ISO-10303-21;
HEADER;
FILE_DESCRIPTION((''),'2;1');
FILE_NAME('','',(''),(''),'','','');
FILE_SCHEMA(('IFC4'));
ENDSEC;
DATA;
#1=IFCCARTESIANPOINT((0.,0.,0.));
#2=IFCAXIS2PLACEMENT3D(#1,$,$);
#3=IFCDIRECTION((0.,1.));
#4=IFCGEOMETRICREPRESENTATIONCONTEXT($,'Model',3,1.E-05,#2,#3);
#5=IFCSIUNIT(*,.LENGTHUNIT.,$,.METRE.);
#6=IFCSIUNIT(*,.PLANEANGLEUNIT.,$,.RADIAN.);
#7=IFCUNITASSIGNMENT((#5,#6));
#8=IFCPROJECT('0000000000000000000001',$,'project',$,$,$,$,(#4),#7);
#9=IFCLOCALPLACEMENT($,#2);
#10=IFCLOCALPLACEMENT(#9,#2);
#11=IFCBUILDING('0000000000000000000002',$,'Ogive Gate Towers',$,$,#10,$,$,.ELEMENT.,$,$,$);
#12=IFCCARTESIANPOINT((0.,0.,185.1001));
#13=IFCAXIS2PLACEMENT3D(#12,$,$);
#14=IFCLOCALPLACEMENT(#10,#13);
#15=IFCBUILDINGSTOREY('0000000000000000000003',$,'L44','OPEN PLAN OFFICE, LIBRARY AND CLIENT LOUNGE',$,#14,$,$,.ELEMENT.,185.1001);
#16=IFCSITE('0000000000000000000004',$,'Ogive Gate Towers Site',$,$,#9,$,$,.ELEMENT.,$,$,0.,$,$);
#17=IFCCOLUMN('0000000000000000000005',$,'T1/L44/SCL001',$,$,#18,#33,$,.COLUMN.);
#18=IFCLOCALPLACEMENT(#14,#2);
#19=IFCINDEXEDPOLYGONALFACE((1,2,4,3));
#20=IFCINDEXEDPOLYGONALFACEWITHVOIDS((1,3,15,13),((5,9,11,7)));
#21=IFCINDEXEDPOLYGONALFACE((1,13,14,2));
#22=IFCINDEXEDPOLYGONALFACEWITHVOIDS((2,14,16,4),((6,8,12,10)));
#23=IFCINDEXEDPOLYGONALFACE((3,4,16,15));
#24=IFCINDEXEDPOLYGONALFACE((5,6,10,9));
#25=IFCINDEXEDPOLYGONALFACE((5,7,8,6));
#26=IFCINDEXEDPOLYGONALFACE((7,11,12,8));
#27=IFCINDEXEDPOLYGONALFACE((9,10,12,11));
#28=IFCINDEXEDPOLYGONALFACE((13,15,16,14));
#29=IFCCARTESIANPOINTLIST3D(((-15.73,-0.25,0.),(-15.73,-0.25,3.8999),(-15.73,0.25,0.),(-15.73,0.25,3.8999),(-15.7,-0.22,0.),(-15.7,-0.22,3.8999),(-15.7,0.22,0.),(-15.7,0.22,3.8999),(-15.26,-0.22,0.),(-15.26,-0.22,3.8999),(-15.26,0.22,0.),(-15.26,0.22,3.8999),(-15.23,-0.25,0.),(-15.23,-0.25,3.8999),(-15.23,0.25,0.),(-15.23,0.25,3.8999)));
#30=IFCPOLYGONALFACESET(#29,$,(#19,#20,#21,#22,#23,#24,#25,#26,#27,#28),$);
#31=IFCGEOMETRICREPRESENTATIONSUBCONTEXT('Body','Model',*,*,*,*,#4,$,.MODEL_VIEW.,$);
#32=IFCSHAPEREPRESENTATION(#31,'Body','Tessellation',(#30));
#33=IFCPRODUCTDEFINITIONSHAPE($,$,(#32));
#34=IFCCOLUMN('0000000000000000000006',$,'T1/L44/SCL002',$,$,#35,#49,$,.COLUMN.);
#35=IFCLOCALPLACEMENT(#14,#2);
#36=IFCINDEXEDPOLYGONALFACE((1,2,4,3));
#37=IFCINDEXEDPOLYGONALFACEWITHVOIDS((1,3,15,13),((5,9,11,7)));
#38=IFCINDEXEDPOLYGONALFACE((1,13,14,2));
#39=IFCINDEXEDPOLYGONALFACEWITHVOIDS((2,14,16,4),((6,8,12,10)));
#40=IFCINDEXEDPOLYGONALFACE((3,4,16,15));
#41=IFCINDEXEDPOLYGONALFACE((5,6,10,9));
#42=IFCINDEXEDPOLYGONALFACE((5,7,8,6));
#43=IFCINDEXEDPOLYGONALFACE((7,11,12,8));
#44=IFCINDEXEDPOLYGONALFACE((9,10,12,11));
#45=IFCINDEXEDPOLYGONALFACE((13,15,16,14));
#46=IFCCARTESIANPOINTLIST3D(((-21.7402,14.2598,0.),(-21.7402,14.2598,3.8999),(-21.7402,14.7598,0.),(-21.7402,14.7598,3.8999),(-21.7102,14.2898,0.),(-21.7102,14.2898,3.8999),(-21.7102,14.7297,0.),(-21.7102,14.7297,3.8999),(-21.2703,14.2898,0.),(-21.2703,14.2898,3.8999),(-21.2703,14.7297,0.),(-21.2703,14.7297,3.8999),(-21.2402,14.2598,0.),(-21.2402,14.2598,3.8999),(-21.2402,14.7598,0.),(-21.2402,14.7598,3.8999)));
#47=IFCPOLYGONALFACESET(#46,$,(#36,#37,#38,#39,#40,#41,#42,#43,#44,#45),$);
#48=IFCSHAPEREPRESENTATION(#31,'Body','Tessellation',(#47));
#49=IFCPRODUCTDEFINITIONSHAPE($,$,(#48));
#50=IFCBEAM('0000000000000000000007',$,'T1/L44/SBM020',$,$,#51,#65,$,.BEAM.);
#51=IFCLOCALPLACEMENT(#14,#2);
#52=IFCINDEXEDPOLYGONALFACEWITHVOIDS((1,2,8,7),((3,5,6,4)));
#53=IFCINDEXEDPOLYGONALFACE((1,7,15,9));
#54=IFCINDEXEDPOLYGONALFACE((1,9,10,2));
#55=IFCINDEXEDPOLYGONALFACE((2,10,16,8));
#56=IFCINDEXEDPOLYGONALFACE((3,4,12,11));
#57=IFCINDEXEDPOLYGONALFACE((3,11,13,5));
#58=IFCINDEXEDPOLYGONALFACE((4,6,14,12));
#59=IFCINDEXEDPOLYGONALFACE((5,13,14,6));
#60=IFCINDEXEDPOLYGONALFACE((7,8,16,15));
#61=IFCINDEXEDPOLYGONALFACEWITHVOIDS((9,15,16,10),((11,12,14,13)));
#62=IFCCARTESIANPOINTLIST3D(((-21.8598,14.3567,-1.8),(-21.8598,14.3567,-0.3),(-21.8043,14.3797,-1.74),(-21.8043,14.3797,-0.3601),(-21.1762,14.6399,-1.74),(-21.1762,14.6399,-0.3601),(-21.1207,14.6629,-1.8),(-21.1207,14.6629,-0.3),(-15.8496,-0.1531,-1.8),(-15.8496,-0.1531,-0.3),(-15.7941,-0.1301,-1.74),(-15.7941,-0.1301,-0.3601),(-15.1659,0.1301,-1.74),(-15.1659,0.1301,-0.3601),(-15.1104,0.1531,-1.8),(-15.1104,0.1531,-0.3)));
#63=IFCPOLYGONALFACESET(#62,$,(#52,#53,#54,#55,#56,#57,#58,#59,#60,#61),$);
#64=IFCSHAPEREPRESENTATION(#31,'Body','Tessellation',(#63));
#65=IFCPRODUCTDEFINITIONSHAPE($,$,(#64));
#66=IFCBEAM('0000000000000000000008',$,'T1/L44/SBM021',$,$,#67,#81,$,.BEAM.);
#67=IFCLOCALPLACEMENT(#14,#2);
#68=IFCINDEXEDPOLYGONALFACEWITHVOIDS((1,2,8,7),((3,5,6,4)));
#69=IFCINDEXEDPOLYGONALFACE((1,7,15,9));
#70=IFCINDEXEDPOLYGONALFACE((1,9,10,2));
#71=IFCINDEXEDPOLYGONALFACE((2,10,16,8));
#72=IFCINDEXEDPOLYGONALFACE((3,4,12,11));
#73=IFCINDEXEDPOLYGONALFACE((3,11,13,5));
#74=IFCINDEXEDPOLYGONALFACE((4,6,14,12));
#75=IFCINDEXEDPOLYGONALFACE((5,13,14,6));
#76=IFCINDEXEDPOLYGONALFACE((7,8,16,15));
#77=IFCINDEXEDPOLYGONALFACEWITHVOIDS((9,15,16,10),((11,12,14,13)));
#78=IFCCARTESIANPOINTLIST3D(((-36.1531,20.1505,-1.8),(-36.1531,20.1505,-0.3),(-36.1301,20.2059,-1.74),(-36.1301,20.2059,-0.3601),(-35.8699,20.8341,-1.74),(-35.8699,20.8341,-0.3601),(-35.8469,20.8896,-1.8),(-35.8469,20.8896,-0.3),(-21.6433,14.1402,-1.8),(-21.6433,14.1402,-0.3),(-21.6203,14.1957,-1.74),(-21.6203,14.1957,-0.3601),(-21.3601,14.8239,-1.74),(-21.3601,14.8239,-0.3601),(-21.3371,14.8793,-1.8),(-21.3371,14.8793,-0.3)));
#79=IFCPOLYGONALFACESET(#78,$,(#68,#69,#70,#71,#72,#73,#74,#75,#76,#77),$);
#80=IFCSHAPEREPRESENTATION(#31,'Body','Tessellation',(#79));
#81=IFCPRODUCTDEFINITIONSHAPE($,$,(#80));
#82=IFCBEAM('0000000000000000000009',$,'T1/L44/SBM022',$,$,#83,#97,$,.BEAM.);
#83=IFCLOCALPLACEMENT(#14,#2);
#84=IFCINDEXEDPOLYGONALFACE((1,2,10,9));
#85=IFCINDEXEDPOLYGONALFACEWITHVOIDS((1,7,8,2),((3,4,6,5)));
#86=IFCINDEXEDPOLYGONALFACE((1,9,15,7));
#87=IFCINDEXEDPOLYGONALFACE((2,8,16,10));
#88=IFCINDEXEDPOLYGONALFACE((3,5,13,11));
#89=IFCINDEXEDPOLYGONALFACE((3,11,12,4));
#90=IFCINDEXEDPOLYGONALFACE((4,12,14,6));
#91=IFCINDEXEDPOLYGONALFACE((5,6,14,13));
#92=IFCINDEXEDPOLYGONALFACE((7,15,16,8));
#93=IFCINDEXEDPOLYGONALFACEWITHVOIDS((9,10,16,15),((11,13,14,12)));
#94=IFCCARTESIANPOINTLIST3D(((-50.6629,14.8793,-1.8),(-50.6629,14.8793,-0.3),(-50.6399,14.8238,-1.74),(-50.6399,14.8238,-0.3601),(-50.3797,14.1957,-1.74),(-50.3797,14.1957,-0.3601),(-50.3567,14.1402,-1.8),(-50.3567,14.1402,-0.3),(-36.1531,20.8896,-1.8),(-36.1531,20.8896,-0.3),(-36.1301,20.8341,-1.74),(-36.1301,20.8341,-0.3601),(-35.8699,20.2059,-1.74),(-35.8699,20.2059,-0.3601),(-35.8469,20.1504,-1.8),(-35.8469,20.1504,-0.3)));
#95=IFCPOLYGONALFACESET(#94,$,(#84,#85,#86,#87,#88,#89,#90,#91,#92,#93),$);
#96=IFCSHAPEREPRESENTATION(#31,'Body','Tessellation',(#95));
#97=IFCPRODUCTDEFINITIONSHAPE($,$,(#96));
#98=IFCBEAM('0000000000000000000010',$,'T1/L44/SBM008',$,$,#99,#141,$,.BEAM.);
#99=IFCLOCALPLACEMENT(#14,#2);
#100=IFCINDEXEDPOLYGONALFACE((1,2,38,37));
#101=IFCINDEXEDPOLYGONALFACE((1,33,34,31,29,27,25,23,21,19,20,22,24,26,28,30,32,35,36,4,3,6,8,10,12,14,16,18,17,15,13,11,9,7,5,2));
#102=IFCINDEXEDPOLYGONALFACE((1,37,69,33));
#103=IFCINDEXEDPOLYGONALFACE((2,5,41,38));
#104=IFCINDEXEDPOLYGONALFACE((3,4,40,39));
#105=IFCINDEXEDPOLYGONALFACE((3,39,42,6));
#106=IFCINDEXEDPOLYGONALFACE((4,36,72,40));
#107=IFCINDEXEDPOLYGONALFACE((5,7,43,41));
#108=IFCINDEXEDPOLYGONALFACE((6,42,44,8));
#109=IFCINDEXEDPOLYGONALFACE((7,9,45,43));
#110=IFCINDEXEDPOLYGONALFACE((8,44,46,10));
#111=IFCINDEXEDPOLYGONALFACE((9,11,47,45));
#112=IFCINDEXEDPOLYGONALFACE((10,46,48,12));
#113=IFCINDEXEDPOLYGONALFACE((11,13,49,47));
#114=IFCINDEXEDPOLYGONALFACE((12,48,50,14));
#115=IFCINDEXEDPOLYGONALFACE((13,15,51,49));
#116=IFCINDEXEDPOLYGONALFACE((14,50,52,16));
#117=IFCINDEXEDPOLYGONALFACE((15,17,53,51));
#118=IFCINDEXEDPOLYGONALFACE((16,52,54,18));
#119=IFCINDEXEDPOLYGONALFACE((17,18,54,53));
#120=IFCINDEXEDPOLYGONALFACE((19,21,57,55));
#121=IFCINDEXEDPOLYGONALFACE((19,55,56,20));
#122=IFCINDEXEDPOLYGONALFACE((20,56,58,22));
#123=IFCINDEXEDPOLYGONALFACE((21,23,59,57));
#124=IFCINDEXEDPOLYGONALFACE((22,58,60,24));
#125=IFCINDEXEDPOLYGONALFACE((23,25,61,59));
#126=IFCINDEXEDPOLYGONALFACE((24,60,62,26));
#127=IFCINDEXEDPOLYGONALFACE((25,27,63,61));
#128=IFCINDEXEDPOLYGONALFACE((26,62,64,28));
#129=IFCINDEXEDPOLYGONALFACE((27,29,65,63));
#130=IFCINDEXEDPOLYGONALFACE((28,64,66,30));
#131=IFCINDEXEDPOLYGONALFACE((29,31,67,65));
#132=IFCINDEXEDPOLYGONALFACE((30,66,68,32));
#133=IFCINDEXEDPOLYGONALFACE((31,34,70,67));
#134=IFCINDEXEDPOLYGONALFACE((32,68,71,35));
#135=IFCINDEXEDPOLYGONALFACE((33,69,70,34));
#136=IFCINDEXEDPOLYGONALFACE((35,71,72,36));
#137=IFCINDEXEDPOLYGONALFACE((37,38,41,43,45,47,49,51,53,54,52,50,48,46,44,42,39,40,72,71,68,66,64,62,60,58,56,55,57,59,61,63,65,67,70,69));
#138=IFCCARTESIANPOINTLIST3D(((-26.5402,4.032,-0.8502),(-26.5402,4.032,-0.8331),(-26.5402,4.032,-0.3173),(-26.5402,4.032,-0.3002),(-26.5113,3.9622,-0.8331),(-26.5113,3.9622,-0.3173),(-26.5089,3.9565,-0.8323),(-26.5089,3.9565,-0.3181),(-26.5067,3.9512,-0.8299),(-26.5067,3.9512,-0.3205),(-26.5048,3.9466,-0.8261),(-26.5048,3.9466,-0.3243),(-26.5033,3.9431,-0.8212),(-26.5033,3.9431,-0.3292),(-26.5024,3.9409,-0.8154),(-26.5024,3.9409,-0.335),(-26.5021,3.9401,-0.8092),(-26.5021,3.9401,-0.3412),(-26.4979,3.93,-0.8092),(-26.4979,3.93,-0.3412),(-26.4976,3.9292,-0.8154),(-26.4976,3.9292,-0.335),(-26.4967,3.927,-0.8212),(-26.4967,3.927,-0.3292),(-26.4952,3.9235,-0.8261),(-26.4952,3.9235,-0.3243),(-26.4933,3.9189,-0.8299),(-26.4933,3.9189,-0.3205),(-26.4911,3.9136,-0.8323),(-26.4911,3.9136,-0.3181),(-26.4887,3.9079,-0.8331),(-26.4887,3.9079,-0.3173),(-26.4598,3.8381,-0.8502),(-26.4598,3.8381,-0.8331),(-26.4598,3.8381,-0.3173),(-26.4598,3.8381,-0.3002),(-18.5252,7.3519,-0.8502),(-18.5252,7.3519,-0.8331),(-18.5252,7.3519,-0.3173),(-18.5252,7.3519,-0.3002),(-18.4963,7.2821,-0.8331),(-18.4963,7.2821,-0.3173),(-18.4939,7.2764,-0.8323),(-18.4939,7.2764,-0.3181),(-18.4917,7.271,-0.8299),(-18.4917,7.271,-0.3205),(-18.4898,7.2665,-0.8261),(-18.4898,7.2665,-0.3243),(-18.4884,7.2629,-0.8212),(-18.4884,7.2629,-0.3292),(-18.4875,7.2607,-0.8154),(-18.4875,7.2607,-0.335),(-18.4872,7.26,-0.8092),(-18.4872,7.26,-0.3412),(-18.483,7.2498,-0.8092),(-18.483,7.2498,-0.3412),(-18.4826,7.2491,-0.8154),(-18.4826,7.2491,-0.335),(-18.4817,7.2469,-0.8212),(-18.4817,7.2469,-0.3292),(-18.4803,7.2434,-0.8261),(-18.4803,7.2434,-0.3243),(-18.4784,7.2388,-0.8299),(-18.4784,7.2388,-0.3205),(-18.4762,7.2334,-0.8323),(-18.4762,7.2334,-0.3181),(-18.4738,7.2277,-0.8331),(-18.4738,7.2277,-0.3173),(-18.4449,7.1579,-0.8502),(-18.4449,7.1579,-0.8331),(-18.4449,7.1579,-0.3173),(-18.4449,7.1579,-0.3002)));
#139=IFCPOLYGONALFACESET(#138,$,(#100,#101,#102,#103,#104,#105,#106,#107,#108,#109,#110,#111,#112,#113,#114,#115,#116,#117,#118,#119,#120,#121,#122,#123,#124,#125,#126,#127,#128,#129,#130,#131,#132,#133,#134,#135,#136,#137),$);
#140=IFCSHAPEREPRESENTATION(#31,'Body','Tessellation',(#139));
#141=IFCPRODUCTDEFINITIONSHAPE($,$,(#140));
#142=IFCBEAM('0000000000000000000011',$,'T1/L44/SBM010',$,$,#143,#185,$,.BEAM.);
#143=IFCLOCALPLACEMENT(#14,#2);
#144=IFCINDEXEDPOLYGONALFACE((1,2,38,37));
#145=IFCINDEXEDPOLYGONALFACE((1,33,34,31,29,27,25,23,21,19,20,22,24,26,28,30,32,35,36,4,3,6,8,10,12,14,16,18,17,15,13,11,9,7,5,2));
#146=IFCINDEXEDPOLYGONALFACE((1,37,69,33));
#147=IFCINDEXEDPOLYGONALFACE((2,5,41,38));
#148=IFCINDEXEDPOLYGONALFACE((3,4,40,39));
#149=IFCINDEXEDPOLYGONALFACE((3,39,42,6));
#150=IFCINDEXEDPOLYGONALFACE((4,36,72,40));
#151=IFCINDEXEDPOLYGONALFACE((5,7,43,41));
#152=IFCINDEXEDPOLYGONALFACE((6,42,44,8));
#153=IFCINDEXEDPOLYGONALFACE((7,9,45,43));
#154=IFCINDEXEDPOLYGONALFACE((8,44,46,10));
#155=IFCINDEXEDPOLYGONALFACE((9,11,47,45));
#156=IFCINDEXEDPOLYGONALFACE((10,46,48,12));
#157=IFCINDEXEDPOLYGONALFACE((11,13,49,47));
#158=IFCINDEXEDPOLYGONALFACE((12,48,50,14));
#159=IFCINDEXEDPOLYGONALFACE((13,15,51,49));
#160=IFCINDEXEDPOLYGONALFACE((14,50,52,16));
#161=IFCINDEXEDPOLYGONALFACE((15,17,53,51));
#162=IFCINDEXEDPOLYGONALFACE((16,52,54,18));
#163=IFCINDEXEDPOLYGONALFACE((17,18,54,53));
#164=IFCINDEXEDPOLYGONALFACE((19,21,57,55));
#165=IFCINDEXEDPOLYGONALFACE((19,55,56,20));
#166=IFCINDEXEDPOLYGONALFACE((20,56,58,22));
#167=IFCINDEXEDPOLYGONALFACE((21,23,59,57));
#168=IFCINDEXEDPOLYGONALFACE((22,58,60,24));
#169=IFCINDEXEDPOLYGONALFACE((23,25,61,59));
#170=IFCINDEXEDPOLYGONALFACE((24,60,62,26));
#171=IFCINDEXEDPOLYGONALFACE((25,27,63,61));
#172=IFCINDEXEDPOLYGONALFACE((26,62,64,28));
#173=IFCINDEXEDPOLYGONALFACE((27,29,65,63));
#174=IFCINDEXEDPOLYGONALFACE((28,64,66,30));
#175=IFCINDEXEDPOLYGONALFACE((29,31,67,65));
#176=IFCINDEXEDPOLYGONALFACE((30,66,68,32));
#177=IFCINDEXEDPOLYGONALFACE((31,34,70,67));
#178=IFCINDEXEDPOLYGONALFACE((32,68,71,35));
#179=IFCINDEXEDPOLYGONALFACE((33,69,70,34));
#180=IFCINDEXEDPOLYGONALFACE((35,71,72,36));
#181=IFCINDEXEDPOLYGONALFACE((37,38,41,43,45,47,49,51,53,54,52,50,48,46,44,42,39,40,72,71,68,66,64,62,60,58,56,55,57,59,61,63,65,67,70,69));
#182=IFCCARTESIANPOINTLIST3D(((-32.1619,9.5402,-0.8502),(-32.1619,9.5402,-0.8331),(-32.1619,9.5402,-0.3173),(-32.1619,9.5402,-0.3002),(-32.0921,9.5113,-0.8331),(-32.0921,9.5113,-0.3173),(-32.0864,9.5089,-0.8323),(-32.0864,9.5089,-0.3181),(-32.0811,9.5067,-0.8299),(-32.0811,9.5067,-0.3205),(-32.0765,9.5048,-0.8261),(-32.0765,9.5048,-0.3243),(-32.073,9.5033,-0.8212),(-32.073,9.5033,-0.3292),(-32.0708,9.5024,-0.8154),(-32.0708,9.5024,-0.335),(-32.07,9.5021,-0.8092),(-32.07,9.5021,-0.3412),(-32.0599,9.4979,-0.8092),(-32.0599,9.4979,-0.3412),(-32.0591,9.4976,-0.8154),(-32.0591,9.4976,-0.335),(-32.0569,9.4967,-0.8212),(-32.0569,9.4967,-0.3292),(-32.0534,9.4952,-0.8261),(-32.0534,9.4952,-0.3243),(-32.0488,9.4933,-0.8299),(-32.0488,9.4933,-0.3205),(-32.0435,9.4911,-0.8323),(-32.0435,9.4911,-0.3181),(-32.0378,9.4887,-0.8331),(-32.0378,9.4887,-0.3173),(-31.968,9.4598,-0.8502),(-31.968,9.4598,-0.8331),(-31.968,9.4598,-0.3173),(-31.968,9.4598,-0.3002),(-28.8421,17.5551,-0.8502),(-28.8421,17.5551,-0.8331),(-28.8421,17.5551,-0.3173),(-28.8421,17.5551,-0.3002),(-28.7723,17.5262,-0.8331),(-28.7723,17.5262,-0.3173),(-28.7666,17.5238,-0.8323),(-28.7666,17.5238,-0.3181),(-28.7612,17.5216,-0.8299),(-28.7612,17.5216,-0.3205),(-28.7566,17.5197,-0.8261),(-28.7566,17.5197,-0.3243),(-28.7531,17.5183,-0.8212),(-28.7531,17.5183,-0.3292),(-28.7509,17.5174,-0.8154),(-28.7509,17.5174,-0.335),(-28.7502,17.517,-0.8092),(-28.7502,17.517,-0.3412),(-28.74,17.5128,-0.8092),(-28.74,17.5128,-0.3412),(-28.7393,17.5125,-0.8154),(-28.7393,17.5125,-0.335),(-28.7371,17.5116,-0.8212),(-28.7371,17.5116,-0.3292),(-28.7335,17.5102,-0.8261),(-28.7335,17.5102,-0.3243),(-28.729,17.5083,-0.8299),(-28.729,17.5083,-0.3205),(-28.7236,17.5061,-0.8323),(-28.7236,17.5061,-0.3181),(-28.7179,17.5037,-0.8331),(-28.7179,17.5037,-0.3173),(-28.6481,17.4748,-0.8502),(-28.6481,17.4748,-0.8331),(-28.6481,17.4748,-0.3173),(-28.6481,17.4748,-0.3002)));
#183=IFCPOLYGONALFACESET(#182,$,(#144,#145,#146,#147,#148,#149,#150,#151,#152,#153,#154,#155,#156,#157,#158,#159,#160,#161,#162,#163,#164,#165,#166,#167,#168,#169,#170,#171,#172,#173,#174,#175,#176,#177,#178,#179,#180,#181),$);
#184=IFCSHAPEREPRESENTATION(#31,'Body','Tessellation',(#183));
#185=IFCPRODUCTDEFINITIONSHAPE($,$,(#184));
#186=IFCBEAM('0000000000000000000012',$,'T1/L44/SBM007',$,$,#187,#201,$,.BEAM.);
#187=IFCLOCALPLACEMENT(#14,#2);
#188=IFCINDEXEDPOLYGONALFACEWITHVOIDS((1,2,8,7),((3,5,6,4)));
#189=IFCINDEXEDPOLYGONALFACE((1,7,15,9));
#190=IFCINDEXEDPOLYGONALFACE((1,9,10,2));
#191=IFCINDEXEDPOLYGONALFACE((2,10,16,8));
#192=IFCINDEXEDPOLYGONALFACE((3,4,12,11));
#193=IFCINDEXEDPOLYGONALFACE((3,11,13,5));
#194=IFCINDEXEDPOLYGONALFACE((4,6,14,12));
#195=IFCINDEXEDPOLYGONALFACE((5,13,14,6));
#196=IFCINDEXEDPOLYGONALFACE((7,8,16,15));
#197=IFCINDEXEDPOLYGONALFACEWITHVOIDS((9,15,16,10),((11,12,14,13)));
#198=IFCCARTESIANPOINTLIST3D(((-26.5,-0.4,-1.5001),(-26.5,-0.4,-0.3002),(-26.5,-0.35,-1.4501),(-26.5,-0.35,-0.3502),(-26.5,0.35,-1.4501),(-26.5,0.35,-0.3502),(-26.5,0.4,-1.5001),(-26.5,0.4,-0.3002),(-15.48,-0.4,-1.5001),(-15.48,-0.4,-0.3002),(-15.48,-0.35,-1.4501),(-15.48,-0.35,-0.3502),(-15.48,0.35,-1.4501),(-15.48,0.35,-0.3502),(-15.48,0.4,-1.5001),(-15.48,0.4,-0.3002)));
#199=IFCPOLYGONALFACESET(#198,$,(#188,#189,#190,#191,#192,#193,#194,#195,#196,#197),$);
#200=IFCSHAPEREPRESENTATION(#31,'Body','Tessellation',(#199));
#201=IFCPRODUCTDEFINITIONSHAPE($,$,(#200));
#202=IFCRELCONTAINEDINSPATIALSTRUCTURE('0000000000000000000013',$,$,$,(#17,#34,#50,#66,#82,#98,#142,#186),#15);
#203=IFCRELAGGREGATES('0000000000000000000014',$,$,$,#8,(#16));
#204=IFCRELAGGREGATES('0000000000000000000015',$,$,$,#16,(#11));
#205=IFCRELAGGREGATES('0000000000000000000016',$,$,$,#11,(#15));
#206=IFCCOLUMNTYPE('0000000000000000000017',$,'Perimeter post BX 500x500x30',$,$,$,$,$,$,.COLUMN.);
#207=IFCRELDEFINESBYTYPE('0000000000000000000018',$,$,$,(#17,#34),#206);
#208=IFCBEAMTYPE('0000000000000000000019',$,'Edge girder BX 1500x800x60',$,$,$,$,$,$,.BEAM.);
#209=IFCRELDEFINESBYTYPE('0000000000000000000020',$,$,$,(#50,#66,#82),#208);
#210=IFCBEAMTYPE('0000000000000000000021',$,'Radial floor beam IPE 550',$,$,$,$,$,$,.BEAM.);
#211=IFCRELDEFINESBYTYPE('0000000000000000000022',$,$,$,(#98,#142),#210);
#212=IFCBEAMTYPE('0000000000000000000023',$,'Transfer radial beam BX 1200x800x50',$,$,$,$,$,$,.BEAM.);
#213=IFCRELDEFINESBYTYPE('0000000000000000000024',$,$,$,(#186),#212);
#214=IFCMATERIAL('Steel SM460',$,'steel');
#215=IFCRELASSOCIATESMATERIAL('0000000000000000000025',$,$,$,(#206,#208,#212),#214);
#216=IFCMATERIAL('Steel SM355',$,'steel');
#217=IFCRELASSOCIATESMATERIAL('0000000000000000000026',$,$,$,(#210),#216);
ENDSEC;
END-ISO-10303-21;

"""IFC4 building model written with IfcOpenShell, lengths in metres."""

from ifc_helpers import new_model, si_unit, direction, frame, origin, origin_2d, place, context, subcontext, project, spatial, hollow_rectangle, i_section, extrude, material, material_profile, profile_set, type_object, element, save


model = new_model("IFC4")

# Units and contexts
model_context = context("Model", 3, precision=1e-05, world=origin(), true_north=direction((0.0, 1.0)))
body_context = subcontext(model_context, "Body", "Model", "MODEL_VIEW")
ifc_project = project(units=[si_unit("LENGTHUNIT", "METRE"), si_unit("PLANEANGLEUNIT", "RADIAN")], contexts=[model_context])

# Site, building, storey
site_placement = place(None, origin())
site = spatial("IfcSite", under=ifc_project, at=site_placement, Name="Ogive Gate Towers Site", CompositionType="ELEMENT", RefElevation=0.0)
building_placement = place(site_placement, origin())
building = spatial("IfcBuilding", under=site, at=building_placement, Name="Ogive Gate Towers", CompositionType="ELEMENT")
storey_placement = place(building_placement, frame((0.0, 0.0, 185.1001)))
storey = spatial("IfcBuildingStorey", under=building, at=storey_placement, Name="L44", Description="OPEN PLAN OFFICE, LIBRARY AND CLIENT LOUNGE", CompositionType="ELEMENT", Elevation=185.1001)

# Columns
ifc_material_1 = material(Name="Steel SM460", Category="steel")
ifc_material_profile_1 = material_profile(ifc_material_1, hollow_rectangle(XDim=0.5, YDim=0.5, WallThickness=0.03, at=origin_2d()), Name="BX 500x500x30")
ifc_profile_set_1 = profile_set([ifc_material_profile_1], Name="Steel SM460")
column_type = type_object("IfcColumnType", Name="Perimeter post BX 500x500x30", PredefinedType="COLUMN", material=ifc_profile_set_1)
for number, where, z_axis, x_axis, name in (
    (1, (-15.48, 0.0, 0.0), (0.0, 0.0, 1.0), (1.0, 0.0, 0.0), "T1/L44/SCL001"),
    (2, (-21.4902, 14.5098, 0.0), (0.0, 0.0, 1.0), (1.0, 0.0, 0.0), "T1/L44/SCL002"),
):
    element("IfcColumn", number, at=place(storey_placement, frame(where, z_axis=z_axis, x_axis=x_axis)), inside=storey, type_object=column_type, Name=name, PredefinedType="COLUMN", context=body_context, shape_type="SweptSolid", body=[
        extrude(hollow_rectangle(XDim=0.5, YDim=0.5, WallThickness=0.03, at=origin_2d()), origin(), (0.0, 0.0, 1.0), 3.8999),
    ])

# Beams
ifc_material_profile_2 = material_profile(ifc_material_1, hollow_rectangle(XDim=0.8, YDim=1.5, WallThickness=0.0601, at=origin_2d()), Name="BX 1500x800x60")
ifc_profile_set_2 = profile_set([ifc_material_profile_2], Name="Steel SM460")
beam_type_1 = type_object("IfcBeamType", Name="Edge girder BX 1500x800x60", PredefinedType="BEAM", material=ifc_profile_set_2)
for number, where, z_axis, x_axis, name in (
    (3, (-15.48, 0.0, -1.05), (-0.38269, 0.923877, 0.0), (-0.923877, -0.38269, 0.0), "T1/L44/SBM020"),
    (4, (-21.4902, 14.5098, -1.05), (-0.923877, 0.38269, 0.0), (-0.38269, -0.923877, 0.0), "T1/L44/SBM021"),
    (5, (-36.0, 20.52, -1.05), (-0.923877, -0.38269, 0.0), (0.38269, -0.923877, 0.0), "T1/L44/SBM022"),
):
    element("IfcBeam", number, at=place(storey_placement, frame(where, z_axis=z_axis, x_axis=x_axis)), inside=storey, type_object=beam_type_1, Name=name, PredefinedType="BEAM", context=body_context, shape_type="SweptSolid", body=[
        extrude(hollow_rectangle(XDim=0.8, YDim=1.5, WallThickness=0.0601, at=origin_2d()), origin(), (0.0, 0.0, 1.0), 15.7053),
    ])
ifc_material_2 = material(Name="Steel SM355", Category="steel")
ifc_material_profile_3 = material_profile(ifc_material_2, i_section(OverallWidth=0.21, OverallDepth=0.55, WebThickness=0.011, FlangeThickness=0.0171, FilletRadius=0.0239, at=origin_2d()), Name="IPE 550")
ifc_profile_set_3 = profile_set([ifc_material_profile_3], Name="Steel SM355")
beam_type_2 = type_object("IfcBeamType", Name="Radial floor beam IPE 550", PredefinedType="BEAM", material=ifc_profile_set_3)
for number, where, z_axis, x_axis, name in (
    (6, (-26.5, 3.9351, -0.5752), (0.923882, 0.382678, 0.0), (-0.382678, 0.923882, 0.0), "T1/L44/SBM008"),
    (7, (-32.0649, 9.5, -0.5752), (0.382678, 0.923882, 0.0), (-0.923882, 0.382678, 0.0), "T1/L44/SBM010"),
):
    element("IfcBeam", number, at=place(storey_placement, frame(where, z_axis=z_axis, x_axis=x_axis)), inside=storey, type_object=beam_type_2, Name=name, PredefinedType="BEAM", context=body_context, shape_type="SweptSolid", body=[
        extrude(i_section(OverallWidth=0.21, OverallDepth=0.55, WebThickness=0.011, FlangeThickness=0.0171, FilletRadius=0.0239, at=origin_2d()), origin(), (0.0, 0.0, 1.0), 8.6753),
    ])
ifc_material_profile_4 = material_profile(ifc_material_1, hollow_rectangle(XDim=0.8, YDim=1.2, WallThickness=0.05, at=origin_2d()), Name="BX 1200x800x50")
ifc_profile_set_4 = profile_set([ifc_material_profile_4], Name="Steel SM460")
beam_type_3 = type_object("IfcBeamType", Name="Transfer radial beam BX 1200x800x50", PredefinedType="BEAM", material=ifc_profile_set_4)
beam_1_placement = place(storey_placement, frame((-26.5, 0.0, -0.9001), z_axis=(1.0, 0.0, 0.0), x_axis=(0.0, 1.0, 0.0)))
element("IfcBeam", 8, at=beam_1_placement, inside=storey, type_object=beam_type_3, Name="T1/L44/SBM007", PredefinedType="BEAM", context=body_context, shape_type="SweptSolid", body=[
    extrude(hollow_rectangle(XDim=0.8, YDim=1.2, WallThickness=0.05, at=origin_2d()), origin(), (0.0, 0.0, 1.0), 11.02),
])

save(model, "model.ifc")
